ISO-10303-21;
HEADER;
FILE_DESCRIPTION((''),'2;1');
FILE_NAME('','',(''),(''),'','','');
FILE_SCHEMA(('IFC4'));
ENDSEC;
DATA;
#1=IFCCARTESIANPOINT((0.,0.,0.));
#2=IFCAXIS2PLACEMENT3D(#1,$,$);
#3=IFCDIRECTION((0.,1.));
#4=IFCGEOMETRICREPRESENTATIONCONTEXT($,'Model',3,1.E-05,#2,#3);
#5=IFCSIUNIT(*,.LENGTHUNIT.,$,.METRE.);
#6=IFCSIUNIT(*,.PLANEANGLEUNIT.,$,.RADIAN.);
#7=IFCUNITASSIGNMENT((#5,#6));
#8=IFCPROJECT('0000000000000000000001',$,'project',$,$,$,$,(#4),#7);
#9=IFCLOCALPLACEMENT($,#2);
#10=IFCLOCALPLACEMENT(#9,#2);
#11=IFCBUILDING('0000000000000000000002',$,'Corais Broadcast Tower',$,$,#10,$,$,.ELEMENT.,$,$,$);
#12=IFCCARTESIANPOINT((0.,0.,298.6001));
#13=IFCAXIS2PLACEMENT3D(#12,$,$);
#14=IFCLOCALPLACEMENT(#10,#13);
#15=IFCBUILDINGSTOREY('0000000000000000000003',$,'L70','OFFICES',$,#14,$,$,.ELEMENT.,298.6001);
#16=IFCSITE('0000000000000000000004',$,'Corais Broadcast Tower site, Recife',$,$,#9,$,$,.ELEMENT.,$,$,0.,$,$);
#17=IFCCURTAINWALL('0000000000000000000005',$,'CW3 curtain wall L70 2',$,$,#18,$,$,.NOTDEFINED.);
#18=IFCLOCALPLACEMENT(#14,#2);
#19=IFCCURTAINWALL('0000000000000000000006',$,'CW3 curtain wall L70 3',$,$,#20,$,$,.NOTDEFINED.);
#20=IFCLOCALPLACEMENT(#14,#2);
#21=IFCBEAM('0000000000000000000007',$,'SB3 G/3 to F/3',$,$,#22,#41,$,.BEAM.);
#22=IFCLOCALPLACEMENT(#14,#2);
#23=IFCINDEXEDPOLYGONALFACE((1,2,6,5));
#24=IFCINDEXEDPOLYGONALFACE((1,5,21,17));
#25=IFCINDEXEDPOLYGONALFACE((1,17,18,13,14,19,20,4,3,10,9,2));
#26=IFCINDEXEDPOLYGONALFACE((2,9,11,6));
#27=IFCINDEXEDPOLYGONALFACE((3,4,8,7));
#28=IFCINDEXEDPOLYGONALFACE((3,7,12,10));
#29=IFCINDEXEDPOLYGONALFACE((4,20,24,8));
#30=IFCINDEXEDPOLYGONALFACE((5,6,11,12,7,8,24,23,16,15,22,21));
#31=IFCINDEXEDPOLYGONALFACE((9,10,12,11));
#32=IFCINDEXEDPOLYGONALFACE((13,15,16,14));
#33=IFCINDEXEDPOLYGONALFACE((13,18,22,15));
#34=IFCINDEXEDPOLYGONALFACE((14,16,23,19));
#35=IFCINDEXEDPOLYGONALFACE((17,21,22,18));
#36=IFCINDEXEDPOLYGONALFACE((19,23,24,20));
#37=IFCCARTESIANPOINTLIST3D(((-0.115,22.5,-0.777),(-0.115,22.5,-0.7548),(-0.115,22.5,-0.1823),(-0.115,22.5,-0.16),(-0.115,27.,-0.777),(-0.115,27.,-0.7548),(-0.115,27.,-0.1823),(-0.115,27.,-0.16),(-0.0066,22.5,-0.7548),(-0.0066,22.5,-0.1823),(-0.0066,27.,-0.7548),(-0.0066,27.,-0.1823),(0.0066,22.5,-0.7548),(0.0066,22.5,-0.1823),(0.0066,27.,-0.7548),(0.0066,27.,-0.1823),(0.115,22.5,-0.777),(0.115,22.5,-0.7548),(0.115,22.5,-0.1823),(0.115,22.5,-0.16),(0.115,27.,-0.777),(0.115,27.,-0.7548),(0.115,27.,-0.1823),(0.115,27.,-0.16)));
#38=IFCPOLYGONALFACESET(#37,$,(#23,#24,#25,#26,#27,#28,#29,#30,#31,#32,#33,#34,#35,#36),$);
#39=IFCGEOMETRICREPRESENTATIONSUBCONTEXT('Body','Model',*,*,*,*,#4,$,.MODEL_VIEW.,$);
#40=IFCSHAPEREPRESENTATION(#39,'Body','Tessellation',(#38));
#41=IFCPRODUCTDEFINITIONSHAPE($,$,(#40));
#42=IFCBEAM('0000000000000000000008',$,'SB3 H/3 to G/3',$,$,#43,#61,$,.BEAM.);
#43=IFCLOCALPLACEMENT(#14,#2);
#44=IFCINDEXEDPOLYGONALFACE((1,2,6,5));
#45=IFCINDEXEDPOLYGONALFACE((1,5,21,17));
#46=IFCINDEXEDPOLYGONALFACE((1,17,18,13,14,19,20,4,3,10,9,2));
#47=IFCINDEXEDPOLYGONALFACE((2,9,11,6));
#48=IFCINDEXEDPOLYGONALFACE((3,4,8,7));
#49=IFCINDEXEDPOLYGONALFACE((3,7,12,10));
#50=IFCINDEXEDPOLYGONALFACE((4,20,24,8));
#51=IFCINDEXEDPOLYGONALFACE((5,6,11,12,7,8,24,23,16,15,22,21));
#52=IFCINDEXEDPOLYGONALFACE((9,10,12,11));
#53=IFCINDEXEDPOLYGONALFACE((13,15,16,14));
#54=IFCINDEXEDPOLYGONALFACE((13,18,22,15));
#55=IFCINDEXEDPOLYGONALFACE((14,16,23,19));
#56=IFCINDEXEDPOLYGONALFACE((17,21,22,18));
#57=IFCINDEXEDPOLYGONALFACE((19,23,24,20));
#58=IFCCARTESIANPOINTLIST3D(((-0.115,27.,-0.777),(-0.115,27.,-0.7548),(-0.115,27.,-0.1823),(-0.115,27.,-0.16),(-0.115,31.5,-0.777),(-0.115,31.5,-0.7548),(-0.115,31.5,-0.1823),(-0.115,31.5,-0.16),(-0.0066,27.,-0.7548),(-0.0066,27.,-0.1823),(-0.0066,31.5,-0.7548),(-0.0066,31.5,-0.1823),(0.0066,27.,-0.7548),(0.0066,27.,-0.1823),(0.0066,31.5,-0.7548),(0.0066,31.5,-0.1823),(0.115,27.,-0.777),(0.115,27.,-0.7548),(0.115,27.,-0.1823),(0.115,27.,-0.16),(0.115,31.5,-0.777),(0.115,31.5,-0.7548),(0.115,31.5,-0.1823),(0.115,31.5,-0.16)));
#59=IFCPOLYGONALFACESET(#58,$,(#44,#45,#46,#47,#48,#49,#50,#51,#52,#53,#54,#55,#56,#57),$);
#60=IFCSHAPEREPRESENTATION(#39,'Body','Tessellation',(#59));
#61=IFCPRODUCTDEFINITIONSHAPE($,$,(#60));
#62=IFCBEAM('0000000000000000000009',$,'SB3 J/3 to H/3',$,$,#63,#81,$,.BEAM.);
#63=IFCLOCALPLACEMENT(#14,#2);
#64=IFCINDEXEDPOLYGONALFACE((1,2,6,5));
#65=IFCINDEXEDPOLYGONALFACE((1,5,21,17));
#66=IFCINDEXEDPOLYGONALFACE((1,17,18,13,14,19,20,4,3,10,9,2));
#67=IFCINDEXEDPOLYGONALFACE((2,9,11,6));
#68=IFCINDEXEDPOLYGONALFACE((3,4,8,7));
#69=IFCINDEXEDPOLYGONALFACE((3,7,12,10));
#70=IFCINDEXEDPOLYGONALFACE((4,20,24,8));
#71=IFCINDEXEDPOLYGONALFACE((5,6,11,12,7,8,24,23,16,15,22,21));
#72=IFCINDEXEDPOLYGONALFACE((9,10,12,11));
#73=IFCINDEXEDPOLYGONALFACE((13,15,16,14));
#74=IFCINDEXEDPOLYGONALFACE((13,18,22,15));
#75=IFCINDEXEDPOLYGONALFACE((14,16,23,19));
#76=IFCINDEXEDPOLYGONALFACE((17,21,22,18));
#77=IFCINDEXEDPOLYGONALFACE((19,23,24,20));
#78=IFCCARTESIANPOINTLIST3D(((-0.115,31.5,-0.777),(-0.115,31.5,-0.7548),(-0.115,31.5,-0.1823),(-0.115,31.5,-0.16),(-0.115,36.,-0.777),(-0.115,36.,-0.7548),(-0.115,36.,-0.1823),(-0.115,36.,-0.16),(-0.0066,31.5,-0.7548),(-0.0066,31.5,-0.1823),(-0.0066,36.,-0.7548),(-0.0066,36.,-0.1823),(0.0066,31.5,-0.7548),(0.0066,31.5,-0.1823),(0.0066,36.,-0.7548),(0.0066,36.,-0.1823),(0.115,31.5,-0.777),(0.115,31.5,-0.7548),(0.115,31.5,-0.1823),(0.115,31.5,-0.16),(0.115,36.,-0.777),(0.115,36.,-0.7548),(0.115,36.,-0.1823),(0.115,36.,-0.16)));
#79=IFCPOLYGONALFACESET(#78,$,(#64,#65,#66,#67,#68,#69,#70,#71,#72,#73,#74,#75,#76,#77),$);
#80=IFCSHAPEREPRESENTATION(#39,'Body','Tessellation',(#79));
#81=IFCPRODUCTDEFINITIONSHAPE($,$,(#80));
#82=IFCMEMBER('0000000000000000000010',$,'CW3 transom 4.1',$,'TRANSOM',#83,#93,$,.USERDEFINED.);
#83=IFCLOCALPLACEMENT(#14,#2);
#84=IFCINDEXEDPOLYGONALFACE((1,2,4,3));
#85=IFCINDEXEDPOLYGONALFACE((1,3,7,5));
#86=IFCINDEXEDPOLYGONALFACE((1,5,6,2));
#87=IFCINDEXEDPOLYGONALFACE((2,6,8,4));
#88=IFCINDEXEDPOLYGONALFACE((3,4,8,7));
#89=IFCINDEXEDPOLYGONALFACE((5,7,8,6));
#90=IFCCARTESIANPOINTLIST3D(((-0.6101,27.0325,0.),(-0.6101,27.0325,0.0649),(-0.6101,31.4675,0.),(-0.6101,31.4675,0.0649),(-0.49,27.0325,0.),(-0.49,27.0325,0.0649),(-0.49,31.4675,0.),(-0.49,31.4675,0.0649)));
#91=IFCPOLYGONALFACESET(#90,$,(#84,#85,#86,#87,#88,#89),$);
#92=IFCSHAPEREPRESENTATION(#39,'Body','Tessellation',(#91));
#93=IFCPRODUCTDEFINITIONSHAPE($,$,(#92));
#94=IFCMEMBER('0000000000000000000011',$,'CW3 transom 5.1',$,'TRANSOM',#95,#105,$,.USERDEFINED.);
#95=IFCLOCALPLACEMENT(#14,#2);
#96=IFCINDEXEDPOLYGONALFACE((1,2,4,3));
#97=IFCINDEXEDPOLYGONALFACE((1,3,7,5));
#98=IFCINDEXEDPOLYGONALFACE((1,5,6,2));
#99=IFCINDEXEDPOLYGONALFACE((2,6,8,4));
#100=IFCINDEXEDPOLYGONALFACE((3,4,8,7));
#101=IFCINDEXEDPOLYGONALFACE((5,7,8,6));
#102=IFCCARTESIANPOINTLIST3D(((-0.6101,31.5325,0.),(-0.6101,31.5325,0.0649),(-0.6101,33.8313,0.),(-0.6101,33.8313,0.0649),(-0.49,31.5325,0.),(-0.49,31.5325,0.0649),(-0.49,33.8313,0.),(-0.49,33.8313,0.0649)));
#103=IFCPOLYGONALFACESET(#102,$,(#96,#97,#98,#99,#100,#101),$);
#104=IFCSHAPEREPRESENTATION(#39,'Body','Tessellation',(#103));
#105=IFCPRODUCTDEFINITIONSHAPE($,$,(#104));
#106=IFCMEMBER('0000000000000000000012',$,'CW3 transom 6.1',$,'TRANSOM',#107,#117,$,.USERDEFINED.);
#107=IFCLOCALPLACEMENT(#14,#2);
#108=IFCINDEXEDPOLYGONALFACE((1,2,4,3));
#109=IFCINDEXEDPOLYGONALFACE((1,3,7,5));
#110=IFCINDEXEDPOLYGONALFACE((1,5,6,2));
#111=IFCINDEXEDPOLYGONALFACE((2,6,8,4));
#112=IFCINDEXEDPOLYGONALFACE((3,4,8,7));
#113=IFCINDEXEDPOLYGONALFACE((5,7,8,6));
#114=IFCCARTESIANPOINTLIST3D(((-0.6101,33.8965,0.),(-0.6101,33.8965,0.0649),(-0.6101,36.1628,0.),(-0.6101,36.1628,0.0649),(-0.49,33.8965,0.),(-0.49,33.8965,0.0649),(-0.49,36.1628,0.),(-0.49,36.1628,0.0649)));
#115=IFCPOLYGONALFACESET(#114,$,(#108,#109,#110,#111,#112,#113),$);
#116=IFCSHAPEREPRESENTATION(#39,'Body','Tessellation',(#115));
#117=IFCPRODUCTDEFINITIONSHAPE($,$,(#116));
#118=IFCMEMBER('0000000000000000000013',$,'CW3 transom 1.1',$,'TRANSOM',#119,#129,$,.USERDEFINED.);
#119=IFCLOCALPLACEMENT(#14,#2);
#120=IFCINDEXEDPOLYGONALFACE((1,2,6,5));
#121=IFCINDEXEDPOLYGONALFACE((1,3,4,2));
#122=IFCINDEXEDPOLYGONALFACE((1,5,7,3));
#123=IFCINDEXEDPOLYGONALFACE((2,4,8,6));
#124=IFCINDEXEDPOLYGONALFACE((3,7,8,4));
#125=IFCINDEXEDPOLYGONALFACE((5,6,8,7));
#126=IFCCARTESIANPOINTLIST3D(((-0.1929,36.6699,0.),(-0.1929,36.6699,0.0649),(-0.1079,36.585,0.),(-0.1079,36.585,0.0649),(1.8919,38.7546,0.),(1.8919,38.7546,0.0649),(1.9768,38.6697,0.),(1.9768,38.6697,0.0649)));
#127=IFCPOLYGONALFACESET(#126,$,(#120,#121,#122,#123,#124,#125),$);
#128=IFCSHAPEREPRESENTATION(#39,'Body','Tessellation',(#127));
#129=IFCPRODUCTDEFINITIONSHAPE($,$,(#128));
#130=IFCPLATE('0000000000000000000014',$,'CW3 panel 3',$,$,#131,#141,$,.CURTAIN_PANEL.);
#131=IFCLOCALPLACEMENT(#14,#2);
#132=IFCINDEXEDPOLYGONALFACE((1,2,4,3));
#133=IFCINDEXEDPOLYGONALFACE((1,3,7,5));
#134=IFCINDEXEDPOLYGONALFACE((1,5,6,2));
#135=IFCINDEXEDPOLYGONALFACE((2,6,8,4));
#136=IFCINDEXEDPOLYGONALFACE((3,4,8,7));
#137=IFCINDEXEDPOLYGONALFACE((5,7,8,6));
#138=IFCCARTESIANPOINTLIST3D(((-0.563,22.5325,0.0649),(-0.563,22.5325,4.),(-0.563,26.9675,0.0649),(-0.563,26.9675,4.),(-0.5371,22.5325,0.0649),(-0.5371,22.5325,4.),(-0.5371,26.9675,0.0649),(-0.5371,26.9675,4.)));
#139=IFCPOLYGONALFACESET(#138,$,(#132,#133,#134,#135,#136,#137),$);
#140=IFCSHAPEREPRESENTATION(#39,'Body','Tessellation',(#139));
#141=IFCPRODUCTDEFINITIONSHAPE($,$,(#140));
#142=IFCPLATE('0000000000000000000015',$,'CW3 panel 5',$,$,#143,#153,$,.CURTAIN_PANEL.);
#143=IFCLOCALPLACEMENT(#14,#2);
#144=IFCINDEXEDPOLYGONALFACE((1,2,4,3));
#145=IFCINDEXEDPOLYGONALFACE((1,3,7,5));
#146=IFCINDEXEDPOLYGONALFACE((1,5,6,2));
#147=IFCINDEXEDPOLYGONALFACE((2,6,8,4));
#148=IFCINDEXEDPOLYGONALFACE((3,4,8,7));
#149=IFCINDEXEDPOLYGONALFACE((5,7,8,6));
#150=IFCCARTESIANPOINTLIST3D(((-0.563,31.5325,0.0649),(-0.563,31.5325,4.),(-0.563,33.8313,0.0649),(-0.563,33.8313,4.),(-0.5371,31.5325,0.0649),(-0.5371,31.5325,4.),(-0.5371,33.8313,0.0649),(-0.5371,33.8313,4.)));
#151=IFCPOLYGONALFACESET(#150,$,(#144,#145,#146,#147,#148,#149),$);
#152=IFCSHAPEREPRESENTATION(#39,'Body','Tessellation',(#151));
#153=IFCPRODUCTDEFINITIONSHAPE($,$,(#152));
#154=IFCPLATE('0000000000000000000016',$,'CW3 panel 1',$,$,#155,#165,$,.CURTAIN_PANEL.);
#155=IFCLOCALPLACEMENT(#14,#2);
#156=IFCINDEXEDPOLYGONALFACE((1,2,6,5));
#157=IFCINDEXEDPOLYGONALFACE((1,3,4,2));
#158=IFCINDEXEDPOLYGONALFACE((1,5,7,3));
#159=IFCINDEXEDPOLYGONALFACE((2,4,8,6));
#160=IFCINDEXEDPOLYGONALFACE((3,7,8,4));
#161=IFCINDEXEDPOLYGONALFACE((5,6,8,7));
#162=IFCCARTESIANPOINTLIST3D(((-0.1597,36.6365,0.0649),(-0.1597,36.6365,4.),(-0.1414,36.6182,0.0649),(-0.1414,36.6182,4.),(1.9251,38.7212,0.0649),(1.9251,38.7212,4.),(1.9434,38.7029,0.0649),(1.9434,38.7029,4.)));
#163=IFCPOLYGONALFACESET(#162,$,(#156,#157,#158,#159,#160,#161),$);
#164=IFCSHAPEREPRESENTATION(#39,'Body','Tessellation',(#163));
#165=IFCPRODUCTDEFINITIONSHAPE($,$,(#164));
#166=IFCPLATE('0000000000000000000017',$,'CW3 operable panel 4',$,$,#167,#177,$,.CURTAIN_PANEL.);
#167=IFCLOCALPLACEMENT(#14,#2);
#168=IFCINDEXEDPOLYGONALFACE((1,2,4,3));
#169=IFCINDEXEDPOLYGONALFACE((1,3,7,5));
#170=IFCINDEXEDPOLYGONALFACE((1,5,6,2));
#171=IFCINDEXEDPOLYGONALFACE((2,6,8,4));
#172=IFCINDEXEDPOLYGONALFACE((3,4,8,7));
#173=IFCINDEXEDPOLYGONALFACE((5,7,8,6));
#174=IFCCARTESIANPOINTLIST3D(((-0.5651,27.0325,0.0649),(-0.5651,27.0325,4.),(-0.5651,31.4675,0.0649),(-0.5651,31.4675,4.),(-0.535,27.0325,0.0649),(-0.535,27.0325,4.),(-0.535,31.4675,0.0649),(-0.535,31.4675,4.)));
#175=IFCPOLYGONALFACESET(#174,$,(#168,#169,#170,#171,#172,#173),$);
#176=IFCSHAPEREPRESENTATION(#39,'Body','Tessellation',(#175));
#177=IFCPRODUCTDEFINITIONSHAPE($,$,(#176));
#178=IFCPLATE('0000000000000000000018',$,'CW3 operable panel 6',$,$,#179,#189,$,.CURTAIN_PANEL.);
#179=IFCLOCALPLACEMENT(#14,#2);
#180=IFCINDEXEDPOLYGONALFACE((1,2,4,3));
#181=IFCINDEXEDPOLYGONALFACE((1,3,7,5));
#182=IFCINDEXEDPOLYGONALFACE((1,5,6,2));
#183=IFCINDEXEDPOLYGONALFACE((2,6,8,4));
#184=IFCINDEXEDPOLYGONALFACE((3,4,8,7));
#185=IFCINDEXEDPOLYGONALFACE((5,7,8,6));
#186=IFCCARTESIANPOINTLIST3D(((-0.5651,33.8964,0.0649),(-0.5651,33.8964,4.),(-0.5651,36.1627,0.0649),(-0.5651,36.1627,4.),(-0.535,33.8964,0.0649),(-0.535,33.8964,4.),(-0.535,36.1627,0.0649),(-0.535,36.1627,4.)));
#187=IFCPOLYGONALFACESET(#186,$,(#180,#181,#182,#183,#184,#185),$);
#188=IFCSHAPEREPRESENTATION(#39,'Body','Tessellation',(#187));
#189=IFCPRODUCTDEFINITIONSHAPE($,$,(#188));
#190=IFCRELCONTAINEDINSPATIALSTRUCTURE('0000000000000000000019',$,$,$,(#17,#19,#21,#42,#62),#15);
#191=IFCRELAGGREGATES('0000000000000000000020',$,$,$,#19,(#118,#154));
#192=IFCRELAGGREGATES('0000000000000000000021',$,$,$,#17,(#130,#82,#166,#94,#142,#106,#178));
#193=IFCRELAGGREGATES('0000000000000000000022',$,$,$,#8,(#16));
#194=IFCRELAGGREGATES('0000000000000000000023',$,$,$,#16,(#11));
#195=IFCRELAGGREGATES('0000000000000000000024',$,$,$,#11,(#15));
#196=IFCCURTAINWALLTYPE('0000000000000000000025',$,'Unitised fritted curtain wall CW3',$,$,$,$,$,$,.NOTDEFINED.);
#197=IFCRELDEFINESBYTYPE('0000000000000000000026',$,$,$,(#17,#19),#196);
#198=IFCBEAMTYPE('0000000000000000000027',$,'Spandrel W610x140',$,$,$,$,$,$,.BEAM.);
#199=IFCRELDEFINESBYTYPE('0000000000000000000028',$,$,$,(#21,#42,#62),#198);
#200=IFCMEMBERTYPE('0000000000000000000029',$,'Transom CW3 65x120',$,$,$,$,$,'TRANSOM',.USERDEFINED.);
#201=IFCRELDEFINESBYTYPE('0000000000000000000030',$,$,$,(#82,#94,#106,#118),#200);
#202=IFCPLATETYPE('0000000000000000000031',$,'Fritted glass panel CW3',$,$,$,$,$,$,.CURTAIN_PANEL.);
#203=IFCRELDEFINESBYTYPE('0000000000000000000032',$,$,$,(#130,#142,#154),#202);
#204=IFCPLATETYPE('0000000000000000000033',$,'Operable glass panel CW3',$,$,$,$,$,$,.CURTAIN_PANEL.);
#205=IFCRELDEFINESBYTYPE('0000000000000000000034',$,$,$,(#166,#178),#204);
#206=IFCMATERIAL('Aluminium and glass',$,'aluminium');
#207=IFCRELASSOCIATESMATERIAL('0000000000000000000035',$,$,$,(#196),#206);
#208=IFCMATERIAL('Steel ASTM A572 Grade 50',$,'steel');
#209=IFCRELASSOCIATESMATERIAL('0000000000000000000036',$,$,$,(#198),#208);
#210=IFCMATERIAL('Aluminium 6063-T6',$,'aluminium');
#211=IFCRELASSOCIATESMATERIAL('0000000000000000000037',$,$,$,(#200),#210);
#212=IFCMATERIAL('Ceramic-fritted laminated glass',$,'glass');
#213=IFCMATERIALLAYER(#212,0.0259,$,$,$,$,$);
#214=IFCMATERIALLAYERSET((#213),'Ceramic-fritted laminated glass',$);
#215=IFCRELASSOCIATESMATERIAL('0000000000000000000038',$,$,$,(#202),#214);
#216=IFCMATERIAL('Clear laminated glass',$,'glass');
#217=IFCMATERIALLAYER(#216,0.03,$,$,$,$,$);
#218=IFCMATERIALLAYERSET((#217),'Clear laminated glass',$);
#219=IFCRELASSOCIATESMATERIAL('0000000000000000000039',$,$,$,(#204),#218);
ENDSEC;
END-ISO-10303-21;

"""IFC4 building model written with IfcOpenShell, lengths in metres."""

from ifc_helpers import new_model, si_unit, direction, frame, origin, origin_2d, place, context, subcontext, project, spatial, rectangle, i_section, extrude, material, layer, layer_set, material_profile, profile_set, type_object, element, aggregate, save


model = new_model("IFC4")

# Units and contexts
model_context = context("Model", 3, precision=1e-05, world=origin(), true_north=direction((0.0, 1.0)))
body_context = subcontext(model_context, "Body", "Model", "MODEL_VIEW")
ifc_project = project(units=[si_unit("LENGTHUNIT", "METRE"), si_unit("PLANEANGLEUNIT", "RADIAN")], contexts=[model_context])

# Site, building, storey
site_placement = place(None, origin())
site = spatial("IfcSite", under=ifc_project, at=site_placement, Name="Corais Broadcast Tower site, Recife", CompositionType="ELEMENT", RefElevation=0.0)
building_placement = place(site_placement, origin())
building = spatial("IfcBuilding", under=site, at=building_placement, Name="Corais Broadcast Tower", CompositionType="ELEMENT")
storey_placement = place(building_placement, frame((0.0, 0.0, 298.6001)))
storey = spatial("IfcBuildingStorey", under=building, at=storey_placement, Name="L70", Description="OFFICES", CompositionType="ELEMENT", Elevation=298.6001)

# Curtain walls
ifc_material_1 = material(Name="Aluminium and glass", Category="aluminium")
curtain_wall_type = type_object("IfcCurtainWallType", Name="Unitised fritted curtain wall CW3", PredefinedType="NOTDEFINED", material=ifc_material_1)
curtain_wall_1_placement = place(storey_placement, origin())
curtain_wall_1 = element("IfcCurtainWall", 1, at=curtain_wall_1_placement, inside=storey, type_object=curtain_wall_type, Name="CW3 curtain wall L70 2", PredefinedType="NOTDEFINED")
curtain_wall_2_placement = place(storey_placement, origin())
curtain_wall_2 = element("IfcCurtainWall", 2, at=curtain_wall_2_placement, inside=storey, type_object=curtain_wall_type, Name="CW3 curtain wall L70 3", PredefinedType="NOTDEFINED")

# Beams
ifc_material_2 = material(Name="Steel ASTM A572 Grade 50", Category="steel")
ifc_material_profile_1 = material_profile(ifc_material_2, i_section(OverallWidth=0.23, OverallDepth=0.6169, WebThickness=0.0132, FlangeThickness=0.0222, at=origin_2d()), Name="W610x140")
ifc_profile_set_1 = profile_set([ifc_material_profile_1], Name="Steel ASTM A572 Grade 50")
beam_type_1 = type_object("IfcBeamType", Name="Spandrel W610x140", PredefinedType="BEAM", material=ifc_profile_set_1)
for number, where, z_axis, x_axis, name in (
    (3, (0.0, 27.0, -0.4685), (0.0, -1.0, 0.0), (1.0, 0.0, 0.0), "SB3 G/3 to F/3"),
    (4, (0.0, 31.5, -0.4685), (0.0, -1.0, 0.0), (1.0, 0.0, 0.0), "SB3 H/3 to G/3"),
    (5, (0.0, 36.0, -0.4685), (0.0, -1.0, 0.0), (1.0, 0.0, 0.0), "SB3 J/3 to H/3"),
):
    element("IfcBeam", number, at=place(storey_placement, frame(where, z_axis=z_axis, x_axis=x_axis)), inside=storey, type_object=beam_type_1, Name=name, PredefinedType="BEAM", context=body_context, shape_type="SweptSolid", body=[
        extrude(i_section(OverallWidth=0.23, OverallDepth=0.6169, WebThickness=0.0132, FlangeThickness=0.0222, at=origin_2d()), origin(), (0.0, 0.0, 1.0), 4.5),
    ])

# Members
ifc_material_3 = material(Name="Aluminium 6063-T6", Category="aluminium")
ifc_material_profile_2 = material_profile(ifc_material_3, rectangle(XDim=0.1201, YDim=0.0649, at=origin_2d()), Name="Transom CW3 65x120")
ifc_profile_set_2 = profile_set([ifc_material_profile_2], Name="Aluminium 6063-T6")
member_type_1 = type_object("IfcMemberType", Name="Transom CW3 65x120", ElementType="TRANSOM", PredefinedType="USERDEFINED", material=ifc_profile_set_2)
member_1_placement = place(storey_placement, frame((-0.55, 27.0325, 0.0325), z_axis=(0.0, 1.0, 0.0), x_axis=(-1.0, 0.0, 0.0)))
member_1 = element("IfcMember", 6, at=member_1_placement, type_object=member_type_1, Name="CW3 transom 4.1", ObjectType="TRANSOM", PredefinedType="USERDEFINED", context=body_context, shape_type="SweptSolid", body=[
    extrude(rectangle(XDim=0.1201, YDim=0.0649, at=origin_2d()), origin(), (0.0, 0.0, 1.0), 4.4351),
])
member_2_placement = place(storey_placement, frame((-0.55, 31.5325, 0.0325), z_axis=(0.0, 1.0, 0.0), x_axis=(-1.0, 0.0, 0.0)))
member_2 = element("IfcMember", 7, at=member_2_placement, type_object=member_type_1, Name="CW3 transom 5.1", ObjectType="TRANSOM", PredefinedType="USERDEFINED", context=body_context, shape_type="SweptSolid", body=[
    extrude(rectangle(XDim=0.1201, YDim=0.0649, at=origin_2d()), origin(), (0.0, 0.0, 1.0), 2.2988),
])
member_3_placement = place(storey_placement, frame((-0.55, 33.8965, 0.0325), z_axis=(0.0, 1.0, 0.0), x_axis=(-1.0, 0.0, 0.0)))
member_3 = element("IfcMember", 8, at=member_3_placement, type_object=member_type_1, Name="CW3 transom 6.1", ObjectType="TRANSOM", PredefinedType="USERDEFINED", context=body_context, shape_type="SweptSolid", body=[
    extrude(rectangle(XDim=0.1201, YDim=0.0649, at=origin_2d()), origin(), (0.0, 0.0, 1.0), 2.2664),
])
member_4_placement = place(storey_placement, frame((-0.1504, 36.6274, 0.0325), z_axis=(0.707107, 0.707107, 0.0), x_axis=(-0.707107, 0.707107, 0.0)))
member_4 = element("IfcMember", 9, at=member_4_placement, type_object=member_type_1, Name="CW3 transom 1.1", ObjectType="TRANSOM", PredefinedType="USERDEFINED", context=body_context, shape_type="SweptSolid", body=[
    extrude(rectangle(XDim=0.1201, YDim=0.0649, at=origin_2d()), origin(), (0.0, 0.0, 1.0), 2.9482),
])

# Plates
ifc_material_4 = material(Name="Ceramic-fritted laminated glass", Category="glass")
ifc_layer_1 = layer(ifc_material_4, 0.0259)
ifc_layer_set_1 = layer_set([ifc_layer_1], Name="Ceramic-fritted laminated glass")
plate_type_1 = type_object("IfcPlateType", Name="Fritted glass panel CW3", PredefinedType="CURTAIN_PANEL", material=ifc_layer_set_1)
plate_1_placement = place(storey_placement, frame((-0.55, 24.75, 0.0649), z_axis=(0.0, 0.0, 1.0), x_axis=(0.0, 1.0, 0.0)))
plate_1 = element("IfcPlate", 10, at=plate_1_placement, type_object=plate_type_1, Name="CW3 panel 3", PredefinedType="CURTAIN_PANEL", context=body_context, shape_type="SweptSolid", body=[
    extrude(rectangle(XDim=4.4351, YDim=0.0259, at=origin_2d()), origin(), (0.0, 0.0, 1.0), 3.9351),
])
plate_2_placement = place(storey_placement, frame((-0.55, 32.6819, 0.0649), z_axis=(0.0, 0.0, 1.0), x_axis=(0.0, 1.0, 0.0)))
plate_2 = element("IfcPlate", 11, at=plate_2_placement, type_object=plate_type_1, Name="CW3 panel 5", PredefinedType="CURTAIN_PANEL", context=body_context, shape_type="SweptSolid", body=[
    extrude(rectangle(XDim=2.2988, YDim=0.0259, at=origin_2d()), origin(), (0.0, 0.0, 1.0), 3.9351),
])
plate_3_placement = place(storey_placement, frame((0.8918, 37.6697, 0.0649), z_axis=(0.0, 0.0, 1.0), x_axis=(0.707107, 0.707107, 0.0)))
plate_3 = element("IfcPlate", 12, at=plate_3_placement, type_object=plate_type_1, Name="CW3 panel 1", PredefinedType="CURTAIN_PANEL", context=body_context, shape_type="SweptSolid", body=[
    extrude(rectangle(XDim=2.9482, YDim=0.0259, at=origin_2d()), origin(), (0.0, 0.0, 1.0), 3.9351),
])
aggregate(curtain_wall_2, [member_4, plate_3])
ifc_material_5 = material(Name="Clear laminated glass", Category="glass")
ifc_layer_2 = layer(ifc_material_5, 0.03)
ifc_layer_set_2 = layer_set([ifc_layer_2], Name="Clear laminated glass")
plate_type_2 = type_object("IfcPlateType", Name="Operable glass panel CW3", PredefinedType="CURTAIN_PANEL", material=ifc_layer_set_2)
plate_4_placement = place(storey_placement, frame((-0.55, 29.25, 0.0649), z_axis=(0.0, 0.0, 1.0), x_axis=(0.0, 1.0, 0.0)))
plate_4 = element("IfcPlate", 13, at=plate_4_placement, type_object=plate_type_2, Name="CW3 operable panel 4", PredefinedType="CURTAIN_PANEL", context=body_context, shape_type="SweptSolid", body=[
    extrude(rectangle(XDim=4.4351, YDim=0.03, at=origin_2d()), origin(), (0.0, 0.0, 1.0), 3.9351),
])
plate_5_placement = place(storey_placement, frame((-0.55, 35.0295, 0.0649), z_axis=(0.0, 0.0, 1.0), x_axis=(0.0, 1.0, 0.0)))
plate_5 = element("IfcPlate", 14, at=plate_5_placement, type_object=plate_type_2, Name="CW3 operable panel 6", PredefinedType="CURTAIN_PANEL", context=body_context, shape_type="SweptSolid", body=[
    extrude(rectangle(XDim=2.2664, YDim=0.03, at=origin_2d()), origin(), (0.0, 0.0, 1.0), 3.9351),
])
aggregate(curtain_wall_1, [plate_1, member_1, plate_4, member_2, plate_2, member_3, plate_5])

save(model, "model.ifc")
